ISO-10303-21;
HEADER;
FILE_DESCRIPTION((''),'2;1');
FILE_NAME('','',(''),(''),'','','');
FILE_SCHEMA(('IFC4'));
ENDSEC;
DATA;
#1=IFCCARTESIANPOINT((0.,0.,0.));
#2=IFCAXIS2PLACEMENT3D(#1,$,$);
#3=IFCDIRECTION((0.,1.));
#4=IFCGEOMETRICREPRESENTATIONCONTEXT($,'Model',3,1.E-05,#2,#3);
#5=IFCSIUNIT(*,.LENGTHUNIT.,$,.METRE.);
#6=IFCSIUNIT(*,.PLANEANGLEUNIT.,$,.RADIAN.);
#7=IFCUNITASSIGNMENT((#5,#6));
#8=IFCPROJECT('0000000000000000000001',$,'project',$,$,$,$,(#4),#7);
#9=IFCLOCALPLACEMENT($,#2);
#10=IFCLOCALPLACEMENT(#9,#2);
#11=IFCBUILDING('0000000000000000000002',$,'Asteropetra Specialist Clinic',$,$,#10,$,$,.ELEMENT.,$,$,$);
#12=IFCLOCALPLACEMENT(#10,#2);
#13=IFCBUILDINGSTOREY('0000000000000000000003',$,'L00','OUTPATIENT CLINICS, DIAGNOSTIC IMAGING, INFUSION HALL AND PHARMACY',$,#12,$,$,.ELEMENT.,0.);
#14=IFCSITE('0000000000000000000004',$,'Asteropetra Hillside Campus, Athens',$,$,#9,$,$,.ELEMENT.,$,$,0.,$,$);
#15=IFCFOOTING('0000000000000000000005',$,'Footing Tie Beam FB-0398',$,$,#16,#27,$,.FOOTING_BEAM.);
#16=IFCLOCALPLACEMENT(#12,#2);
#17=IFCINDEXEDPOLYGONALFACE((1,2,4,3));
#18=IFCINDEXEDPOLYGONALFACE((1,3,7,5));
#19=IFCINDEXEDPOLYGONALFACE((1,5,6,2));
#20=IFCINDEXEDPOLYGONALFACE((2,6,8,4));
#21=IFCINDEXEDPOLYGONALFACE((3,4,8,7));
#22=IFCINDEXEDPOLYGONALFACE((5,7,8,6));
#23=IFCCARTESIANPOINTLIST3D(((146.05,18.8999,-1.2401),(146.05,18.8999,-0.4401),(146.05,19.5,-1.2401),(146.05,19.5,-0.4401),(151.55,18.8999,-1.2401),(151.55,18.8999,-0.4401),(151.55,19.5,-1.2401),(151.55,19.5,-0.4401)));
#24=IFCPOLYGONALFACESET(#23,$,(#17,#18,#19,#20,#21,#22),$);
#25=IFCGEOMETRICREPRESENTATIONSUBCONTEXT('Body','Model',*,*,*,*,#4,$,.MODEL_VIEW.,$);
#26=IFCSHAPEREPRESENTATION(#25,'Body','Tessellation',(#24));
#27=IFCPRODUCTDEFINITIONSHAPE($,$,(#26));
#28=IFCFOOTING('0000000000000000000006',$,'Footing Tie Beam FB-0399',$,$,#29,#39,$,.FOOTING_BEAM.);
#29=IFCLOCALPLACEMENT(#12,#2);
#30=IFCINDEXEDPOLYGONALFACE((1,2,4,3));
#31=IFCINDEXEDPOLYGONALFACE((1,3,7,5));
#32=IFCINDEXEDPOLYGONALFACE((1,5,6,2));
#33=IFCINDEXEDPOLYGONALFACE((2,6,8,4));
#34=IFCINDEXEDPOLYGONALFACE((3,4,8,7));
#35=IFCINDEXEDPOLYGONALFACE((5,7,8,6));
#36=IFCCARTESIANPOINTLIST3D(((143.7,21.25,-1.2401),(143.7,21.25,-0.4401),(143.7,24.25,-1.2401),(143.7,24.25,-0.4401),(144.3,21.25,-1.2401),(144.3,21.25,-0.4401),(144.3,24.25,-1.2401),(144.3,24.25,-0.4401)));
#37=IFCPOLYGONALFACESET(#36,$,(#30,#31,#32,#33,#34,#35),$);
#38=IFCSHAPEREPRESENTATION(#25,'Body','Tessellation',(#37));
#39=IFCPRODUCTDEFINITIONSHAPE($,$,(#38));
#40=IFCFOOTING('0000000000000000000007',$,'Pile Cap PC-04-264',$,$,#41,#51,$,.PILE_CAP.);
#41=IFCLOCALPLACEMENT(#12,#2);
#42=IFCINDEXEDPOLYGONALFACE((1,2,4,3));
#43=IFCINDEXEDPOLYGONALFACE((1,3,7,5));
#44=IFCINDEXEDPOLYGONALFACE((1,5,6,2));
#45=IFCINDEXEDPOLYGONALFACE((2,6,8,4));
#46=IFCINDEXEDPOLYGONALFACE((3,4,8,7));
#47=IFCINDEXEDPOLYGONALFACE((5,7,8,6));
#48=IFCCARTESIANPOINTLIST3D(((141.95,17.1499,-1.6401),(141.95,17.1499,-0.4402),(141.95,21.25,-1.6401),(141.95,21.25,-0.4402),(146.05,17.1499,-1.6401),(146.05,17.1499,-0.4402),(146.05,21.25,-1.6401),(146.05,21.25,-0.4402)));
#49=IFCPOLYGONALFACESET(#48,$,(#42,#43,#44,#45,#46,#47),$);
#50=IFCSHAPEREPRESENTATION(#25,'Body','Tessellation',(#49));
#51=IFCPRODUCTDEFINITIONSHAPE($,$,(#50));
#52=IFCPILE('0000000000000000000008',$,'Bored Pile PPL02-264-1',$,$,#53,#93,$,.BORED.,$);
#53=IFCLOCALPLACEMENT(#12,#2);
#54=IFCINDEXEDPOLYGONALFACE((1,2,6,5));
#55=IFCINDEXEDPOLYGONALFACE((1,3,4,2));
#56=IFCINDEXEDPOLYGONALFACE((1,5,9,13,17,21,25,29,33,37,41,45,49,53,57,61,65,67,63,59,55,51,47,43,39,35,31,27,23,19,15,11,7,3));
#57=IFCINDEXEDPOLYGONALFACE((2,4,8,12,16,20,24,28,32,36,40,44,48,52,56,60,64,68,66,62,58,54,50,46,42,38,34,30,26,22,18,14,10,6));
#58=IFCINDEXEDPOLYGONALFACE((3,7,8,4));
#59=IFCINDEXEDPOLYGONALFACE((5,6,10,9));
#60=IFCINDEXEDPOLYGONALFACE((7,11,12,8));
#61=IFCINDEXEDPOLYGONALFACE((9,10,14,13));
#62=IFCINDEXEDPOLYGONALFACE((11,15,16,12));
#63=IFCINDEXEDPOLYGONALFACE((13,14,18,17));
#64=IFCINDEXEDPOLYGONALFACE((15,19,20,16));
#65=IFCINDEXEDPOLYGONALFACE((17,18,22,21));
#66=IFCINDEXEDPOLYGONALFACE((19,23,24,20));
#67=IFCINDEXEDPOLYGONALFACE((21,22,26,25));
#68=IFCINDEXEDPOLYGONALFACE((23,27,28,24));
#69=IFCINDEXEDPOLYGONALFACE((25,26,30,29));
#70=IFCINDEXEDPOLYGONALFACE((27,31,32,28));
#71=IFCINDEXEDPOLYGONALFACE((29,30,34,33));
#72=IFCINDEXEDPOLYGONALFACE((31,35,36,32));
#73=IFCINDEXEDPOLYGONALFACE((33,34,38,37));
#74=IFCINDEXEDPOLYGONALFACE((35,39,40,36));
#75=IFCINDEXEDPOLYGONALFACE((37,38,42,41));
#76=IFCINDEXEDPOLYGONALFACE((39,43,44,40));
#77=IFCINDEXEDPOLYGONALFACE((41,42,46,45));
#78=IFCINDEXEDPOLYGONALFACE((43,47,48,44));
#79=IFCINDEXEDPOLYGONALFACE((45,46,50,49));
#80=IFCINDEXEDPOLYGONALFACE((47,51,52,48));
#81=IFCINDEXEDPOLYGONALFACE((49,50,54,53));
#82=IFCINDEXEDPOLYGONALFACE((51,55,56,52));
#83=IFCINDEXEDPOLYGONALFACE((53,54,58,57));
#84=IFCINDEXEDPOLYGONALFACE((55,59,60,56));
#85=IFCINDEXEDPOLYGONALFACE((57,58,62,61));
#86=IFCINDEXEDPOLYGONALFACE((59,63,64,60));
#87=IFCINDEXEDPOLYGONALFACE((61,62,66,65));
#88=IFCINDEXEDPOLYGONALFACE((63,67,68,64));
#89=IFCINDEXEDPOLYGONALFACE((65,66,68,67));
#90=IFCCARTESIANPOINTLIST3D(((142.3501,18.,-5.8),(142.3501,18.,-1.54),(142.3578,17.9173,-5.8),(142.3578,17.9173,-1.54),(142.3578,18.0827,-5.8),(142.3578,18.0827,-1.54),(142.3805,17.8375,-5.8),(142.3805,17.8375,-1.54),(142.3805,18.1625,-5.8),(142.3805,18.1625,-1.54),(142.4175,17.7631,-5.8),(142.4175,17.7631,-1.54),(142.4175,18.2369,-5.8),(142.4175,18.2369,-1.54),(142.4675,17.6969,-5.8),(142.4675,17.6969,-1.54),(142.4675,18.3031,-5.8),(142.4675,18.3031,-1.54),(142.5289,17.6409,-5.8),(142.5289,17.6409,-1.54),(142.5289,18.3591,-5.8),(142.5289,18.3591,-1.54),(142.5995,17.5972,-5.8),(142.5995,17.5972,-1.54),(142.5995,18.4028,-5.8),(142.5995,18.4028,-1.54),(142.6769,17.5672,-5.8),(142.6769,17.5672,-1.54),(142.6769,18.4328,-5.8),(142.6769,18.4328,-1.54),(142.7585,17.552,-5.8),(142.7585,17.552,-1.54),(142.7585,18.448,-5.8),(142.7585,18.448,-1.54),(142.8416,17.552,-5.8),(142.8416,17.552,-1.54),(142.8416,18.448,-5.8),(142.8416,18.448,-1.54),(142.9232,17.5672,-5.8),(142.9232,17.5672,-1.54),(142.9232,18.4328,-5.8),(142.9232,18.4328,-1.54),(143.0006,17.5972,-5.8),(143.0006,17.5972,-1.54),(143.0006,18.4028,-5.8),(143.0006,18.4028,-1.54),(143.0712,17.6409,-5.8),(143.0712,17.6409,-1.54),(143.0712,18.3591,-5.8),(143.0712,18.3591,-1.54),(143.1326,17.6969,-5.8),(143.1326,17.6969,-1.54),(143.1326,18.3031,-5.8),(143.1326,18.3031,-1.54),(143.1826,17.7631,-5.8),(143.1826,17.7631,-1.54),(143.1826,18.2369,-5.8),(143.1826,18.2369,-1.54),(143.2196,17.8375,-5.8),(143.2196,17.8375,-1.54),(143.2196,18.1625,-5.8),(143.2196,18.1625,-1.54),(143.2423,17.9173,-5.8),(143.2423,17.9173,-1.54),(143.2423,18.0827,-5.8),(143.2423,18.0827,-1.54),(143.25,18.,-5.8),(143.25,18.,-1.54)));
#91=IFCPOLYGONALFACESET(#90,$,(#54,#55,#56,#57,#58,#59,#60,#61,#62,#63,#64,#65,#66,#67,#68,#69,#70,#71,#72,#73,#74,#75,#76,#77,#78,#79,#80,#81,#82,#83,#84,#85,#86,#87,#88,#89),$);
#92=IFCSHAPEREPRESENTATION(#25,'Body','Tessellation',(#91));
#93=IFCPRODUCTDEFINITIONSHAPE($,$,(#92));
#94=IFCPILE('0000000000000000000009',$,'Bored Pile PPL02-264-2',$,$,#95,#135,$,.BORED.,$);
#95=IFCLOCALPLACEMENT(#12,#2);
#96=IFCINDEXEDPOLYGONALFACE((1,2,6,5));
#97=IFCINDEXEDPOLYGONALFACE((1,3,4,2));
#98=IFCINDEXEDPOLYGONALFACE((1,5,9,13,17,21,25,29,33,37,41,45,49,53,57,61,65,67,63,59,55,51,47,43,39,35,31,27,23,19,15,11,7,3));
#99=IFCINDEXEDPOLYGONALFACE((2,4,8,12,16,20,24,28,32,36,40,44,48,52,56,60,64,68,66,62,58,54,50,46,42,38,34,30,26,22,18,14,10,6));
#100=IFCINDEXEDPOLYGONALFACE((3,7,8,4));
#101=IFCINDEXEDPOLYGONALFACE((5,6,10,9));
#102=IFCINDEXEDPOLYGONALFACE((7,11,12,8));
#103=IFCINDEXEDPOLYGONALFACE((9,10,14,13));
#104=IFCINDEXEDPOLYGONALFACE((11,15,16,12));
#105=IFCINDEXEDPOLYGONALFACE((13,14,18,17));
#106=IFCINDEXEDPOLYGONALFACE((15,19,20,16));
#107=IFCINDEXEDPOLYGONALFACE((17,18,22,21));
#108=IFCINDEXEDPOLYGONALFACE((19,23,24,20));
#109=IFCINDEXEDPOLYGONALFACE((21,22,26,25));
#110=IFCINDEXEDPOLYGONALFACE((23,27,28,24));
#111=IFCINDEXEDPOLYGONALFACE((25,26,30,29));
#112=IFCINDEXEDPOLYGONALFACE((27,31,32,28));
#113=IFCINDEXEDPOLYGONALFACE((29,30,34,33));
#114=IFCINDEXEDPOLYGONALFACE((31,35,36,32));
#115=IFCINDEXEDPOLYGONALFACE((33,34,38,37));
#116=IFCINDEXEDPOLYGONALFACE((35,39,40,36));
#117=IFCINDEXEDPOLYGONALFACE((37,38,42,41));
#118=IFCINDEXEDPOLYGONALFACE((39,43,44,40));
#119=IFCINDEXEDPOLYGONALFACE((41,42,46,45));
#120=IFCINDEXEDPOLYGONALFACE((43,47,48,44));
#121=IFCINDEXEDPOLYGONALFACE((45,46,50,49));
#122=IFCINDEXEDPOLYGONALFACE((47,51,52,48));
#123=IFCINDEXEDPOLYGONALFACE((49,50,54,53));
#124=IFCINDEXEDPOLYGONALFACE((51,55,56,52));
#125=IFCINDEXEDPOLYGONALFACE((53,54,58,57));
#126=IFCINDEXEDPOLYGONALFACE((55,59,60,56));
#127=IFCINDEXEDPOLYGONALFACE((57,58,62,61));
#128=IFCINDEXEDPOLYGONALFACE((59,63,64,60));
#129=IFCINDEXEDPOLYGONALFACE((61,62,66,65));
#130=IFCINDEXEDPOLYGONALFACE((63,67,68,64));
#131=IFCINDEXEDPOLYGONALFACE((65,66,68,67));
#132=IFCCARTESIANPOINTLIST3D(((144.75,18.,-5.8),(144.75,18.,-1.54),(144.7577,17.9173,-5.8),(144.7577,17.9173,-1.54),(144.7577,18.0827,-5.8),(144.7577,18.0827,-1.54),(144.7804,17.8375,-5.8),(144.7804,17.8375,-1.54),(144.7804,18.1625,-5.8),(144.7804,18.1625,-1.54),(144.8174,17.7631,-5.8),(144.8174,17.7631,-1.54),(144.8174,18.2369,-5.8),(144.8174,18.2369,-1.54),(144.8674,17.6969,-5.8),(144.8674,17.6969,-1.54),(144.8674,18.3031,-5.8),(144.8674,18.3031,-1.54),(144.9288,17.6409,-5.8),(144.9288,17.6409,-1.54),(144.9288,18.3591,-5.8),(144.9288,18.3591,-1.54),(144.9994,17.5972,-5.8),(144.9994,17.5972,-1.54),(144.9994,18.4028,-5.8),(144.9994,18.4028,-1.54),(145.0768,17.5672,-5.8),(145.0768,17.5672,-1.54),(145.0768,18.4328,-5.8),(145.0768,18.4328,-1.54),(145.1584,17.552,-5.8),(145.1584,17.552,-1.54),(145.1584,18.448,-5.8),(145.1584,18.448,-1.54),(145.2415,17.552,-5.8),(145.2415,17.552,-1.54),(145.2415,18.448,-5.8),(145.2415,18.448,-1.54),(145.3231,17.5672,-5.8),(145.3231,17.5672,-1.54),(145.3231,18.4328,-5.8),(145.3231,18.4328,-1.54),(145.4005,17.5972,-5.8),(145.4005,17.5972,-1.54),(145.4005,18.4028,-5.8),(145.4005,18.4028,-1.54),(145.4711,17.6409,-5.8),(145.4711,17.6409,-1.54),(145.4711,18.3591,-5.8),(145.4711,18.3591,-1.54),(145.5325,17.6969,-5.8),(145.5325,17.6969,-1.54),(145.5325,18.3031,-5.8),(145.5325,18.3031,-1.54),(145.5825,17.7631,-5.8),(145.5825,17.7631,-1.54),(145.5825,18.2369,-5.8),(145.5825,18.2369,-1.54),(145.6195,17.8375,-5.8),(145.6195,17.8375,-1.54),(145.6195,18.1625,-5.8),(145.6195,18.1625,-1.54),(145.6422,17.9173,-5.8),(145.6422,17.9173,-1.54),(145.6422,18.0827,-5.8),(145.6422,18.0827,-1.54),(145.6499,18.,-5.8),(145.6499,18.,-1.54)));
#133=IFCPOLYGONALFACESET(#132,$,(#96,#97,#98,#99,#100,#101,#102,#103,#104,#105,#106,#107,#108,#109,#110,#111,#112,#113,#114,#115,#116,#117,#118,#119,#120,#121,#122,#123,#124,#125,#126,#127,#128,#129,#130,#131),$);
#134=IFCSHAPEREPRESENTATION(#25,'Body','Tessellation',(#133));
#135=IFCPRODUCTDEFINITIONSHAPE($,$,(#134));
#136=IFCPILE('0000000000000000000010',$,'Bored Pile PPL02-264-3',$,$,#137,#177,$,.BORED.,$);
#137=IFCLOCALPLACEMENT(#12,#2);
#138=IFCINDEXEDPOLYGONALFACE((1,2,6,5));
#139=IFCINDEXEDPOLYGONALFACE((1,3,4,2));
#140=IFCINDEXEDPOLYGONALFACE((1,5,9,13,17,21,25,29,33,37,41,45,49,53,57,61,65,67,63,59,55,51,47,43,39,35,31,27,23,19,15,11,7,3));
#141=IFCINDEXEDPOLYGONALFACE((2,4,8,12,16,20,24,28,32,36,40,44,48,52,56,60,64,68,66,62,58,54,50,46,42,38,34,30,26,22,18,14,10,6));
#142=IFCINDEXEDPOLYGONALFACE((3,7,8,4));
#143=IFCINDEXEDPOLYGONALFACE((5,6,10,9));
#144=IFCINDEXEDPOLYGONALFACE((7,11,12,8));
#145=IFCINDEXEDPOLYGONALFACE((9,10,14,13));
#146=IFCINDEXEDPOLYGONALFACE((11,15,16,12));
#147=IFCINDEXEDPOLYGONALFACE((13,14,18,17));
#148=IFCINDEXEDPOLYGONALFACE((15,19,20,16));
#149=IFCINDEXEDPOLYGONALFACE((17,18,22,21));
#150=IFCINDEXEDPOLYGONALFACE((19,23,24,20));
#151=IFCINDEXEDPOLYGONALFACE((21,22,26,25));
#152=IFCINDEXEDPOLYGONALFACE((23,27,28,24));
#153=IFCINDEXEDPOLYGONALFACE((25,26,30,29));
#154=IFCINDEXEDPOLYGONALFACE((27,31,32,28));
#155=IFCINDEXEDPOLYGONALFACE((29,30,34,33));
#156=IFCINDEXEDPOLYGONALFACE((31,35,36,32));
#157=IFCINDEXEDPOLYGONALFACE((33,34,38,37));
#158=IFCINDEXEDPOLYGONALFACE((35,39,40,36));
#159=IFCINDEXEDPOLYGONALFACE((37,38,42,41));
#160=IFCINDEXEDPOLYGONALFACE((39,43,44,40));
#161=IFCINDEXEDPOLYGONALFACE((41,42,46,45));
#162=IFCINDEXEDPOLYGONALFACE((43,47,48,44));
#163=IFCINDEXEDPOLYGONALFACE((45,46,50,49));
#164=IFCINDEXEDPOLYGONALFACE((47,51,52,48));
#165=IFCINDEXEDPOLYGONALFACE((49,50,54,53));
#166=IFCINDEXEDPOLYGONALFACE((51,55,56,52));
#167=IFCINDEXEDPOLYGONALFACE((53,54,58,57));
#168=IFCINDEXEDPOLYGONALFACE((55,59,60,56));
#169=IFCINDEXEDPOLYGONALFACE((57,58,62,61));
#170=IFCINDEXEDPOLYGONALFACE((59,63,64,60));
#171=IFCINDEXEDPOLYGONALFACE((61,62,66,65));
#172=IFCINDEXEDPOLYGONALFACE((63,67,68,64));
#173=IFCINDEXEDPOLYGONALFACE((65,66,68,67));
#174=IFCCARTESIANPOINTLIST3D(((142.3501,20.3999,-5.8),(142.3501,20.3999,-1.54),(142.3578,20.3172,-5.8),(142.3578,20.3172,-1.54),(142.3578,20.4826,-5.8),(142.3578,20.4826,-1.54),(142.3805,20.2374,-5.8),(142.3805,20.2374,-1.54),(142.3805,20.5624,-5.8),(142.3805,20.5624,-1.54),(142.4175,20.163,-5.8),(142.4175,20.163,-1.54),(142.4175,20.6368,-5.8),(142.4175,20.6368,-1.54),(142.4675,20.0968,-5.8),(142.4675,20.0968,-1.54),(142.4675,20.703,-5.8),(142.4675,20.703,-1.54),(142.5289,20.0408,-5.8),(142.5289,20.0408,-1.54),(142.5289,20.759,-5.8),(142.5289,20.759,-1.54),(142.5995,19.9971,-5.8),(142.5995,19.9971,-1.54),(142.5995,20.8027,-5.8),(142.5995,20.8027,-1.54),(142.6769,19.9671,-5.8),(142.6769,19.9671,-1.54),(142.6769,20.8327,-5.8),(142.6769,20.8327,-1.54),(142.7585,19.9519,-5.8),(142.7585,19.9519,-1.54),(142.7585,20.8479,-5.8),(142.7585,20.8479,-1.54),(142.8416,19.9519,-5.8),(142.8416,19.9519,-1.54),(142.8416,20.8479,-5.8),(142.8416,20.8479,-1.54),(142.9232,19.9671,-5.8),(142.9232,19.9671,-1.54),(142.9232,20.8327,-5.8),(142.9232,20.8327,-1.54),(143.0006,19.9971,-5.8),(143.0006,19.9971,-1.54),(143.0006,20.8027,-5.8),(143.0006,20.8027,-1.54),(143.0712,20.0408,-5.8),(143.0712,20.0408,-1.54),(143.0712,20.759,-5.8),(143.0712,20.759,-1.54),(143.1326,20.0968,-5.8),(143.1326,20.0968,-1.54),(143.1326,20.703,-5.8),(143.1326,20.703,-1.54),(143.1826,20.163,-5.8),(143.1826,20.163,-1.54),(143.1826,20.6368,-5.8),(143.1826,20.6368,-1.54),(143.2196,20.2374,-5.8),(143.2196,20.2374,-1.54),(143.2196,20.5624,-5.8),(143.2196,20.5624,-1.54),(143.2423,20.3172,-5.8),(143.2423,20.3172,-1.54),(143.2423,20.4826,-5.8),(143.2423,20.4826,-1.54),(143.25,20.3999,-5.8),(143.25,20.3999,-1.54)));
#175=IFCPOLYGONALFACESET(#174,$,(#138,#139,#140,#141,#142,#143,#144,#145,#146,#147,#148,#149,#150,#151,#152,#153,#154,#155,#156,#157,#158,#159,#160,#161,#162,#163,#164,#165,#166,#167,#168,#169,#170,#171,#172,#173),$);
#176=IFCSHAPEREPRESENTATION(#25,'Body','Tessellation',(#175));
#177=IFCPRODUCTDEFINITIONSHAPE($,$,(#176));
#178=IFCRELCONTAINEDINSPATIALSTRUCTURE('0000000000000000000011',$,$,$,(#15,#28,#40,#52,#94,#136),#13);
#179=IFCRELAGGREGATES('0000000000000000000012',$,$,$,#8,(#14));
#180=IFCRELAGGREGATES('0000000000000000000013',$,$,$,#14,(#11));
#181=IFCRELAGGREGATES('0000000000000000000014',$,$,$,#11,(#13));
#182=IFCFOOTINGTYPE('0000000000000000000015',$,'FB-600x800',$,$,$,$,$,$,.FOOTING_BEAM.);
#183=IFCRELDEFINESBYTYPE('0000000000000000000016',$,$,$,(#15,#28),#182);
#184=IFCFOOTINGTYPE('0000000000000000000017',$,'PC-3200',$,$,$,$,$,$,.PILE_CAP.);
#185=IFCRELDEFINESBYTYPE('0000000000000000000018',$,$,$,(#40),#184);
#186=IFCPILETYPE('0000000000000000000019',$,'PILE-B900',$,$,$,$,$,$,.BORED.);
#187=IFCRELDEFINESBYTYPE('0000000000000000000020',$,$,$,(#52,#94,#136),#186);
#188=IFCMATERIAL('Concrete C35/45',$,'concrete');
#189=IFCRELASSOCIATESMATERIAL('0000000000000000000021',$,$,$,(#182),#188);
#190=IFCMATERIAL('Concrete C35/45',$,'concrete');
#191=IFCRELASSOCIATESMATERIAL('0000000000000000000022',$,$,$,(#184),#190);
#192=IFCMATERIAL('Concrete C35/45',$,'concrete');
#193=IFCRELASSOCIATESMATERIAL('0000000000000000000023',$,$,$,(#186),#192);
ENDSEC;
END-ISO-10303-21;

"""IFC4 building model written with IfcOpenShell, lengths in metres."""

from ifc_helpers import new_model, si_unit, direction, frame, origin, origin_2d, place, context, subcontext, project, spatial, rectangle, circle, extrude, material, material_profile, profile_set, type_object, element, save


model = new_model("IFC4")

# Units and contexts
model_context = context("Model", 3, precision=1e-05, world=origin(), true_north=direction((0.0, 1.0)))
body_context = subcontext(model_context, "Body", "Model", "MODEL_VIEW")
ifc_project = project(units=[si_unit("LENGTHUNIT", "METRE"), si_unit("PLANEANGLEUNIT", "RADIAN")], contexts=[model_context])

# Site, building, storey
site_placement = place(None, origin())
site = spatial("IfcSite", under=ifc_project, at=site_placement, Name="Asteropetra Hillside Campus, Athens", CompositionType="ELEMENT", RefElevation=0.0)
building_placement = place(site_placement, origin())
building = spatial("IfcBuilding", under=site, at=building_placement, Name="Asteropetra Specialist Clinic", CompositionType="ELEMENT")
storey_placement = place(building_placement, origin())
storey = spatial("IfcBuildingStorey", under=building, at=storey_placement, Name="L00", Description="OUTPATIENT CLINICS, DIAGNOSTIC IMAGING, INFUSION HALL AND PHARMACY", CompositionType="ELEMENT", Elevation=0.0)

# Footings
ifc_material_1 = material(Name="Concrete C35/45", Category="concrete")
ifc_material_profile_1 = material_profile(ifc_material_1, rectangle(XDim=0.6001, YDim=0.8, at=origin_2d()), Name="FB 600x800")
ifc_profile_set_1 = profile_set([ifc_material_profile_1], Name="Concrete C35/45")
footing_type_1 = type_object("IfcFootingType", Name="FB-600x800", PredefinedType="FOOTING_BEAM", material=ifc_profile_set_1)
footing_1_placement = place(storey_placement, frame((146.05, 19.2, -0.8401), z_axis=(1.0, 0.0, 0.0), x_axis=(0.0, 1.0, 0.0)))
element("IfcFooting", 1, at=footing_1_placement, inside=storey, type_object=footing_type_1, Name="Footing Tie Beam FB-0398", PredefinedType="FOOTING_BEAM", context=body_context, shape_type="SweptSolid", body=[
    extrude(rectangle(XDim=0.6001, YDim=0.8, at=origin_2d()), origin(), (0.0, 0.0, 1.0), 5.5),
])
footing_2_placement = place(storey_placement, frame((144.0, 21.25, -0.8401), z_axis=(0.0, 1.0, 0.0), x_axis=(-1.0, 0.0, 0.0)))
element("IfcFooting", 2, at=footing_2_placement, inside=storey, type_object=footing_type_1, Name="Footing Tie Beam FB-0399", PredefinedType="FOOTING_BEAM", context=body_context, shape_type="SweptSolid", body=[
    extrude(rectangle(XDim=0.6001, YDim=0.8, at=origin_2d()), origin(), (0.0, 0.0, 1.0), 3.0),
])
ifc_material_2 = material(Name="Concrete C35/45", Category="concrete")
footing_type_2 = type_object("IfcFootingType", Name="PC-3200", PredefinedType="PILE_CAP", material=ifc_material_2)
footing_3_placement = place(storey_placement, frame((144.0, 19.2, -1.6401), z_axis=(0.0, 0.0, 1.0), x_axis=(1.0, 0.0, 0.0)))
element("IfcFooting", 3, at=footing_3_placement, inside=storey, type_object=footing_type_2, Name="Pile Cap PC-04-264", PredefinedType="PILE_CAP", context=body_context, shape_type="SweptSolid", body=[
    extrude(rectangle(XDim=4.1001, YDim=4.1001, at=origin_2d()), origin(), (0.0, 0.0, 1.0), 1.2),
])

# Piles
ifc_material_3 = material(Name="Concrete C35/45", Category="concrete")
ifc_material_profile_2 = material_profile(ifc_material_3, circle(Radius=0.45, at=origin_2d()), Name="PILE D900")
ifc_profile_set_2 = profile_set([ifc_material_profile_2], Name="Concrete C35/45")
pile_type = type_object("IfcPileType", Name="PILE-B900", PredefinedType="BORED", material=ifc_profile_set_2)
for number, where, z_axis, x_axis, name in (
    (4, (142.8, 18.0, -1.54), (0.0, 0.0, -1.0), (1.0, 0.0, 0.0), "Bored Pile PPL02-264-1"),
    (5, (145.2, 18.0, -1.54), (0.0, 0.0, -1.0), (1.0, 0.0, 0.0), "Bored Pile PPL02-264-2"),
    (6, (142.8, 20.3999, -1.54), (0.0, 0.0, -1.0), (1.0, 0.0, 0.0), "Bored Pile PPL02-264-3"),
):
    element("IfcPile", number, at=place(storey_placement, frame(where, z_axis=z_axis, x_axis=x_axis)), inside=storey, type_object=pile_type, Name=name, PredefinedType="BORED", context=body_context, shape_type="SweptSolid", body=[
        extrude(circle(Radius=0.45, at=origin_2d()), origin(), (0.0, 0.0, 1.0), 4.26),
    ])

save(model, "model.ifc")
